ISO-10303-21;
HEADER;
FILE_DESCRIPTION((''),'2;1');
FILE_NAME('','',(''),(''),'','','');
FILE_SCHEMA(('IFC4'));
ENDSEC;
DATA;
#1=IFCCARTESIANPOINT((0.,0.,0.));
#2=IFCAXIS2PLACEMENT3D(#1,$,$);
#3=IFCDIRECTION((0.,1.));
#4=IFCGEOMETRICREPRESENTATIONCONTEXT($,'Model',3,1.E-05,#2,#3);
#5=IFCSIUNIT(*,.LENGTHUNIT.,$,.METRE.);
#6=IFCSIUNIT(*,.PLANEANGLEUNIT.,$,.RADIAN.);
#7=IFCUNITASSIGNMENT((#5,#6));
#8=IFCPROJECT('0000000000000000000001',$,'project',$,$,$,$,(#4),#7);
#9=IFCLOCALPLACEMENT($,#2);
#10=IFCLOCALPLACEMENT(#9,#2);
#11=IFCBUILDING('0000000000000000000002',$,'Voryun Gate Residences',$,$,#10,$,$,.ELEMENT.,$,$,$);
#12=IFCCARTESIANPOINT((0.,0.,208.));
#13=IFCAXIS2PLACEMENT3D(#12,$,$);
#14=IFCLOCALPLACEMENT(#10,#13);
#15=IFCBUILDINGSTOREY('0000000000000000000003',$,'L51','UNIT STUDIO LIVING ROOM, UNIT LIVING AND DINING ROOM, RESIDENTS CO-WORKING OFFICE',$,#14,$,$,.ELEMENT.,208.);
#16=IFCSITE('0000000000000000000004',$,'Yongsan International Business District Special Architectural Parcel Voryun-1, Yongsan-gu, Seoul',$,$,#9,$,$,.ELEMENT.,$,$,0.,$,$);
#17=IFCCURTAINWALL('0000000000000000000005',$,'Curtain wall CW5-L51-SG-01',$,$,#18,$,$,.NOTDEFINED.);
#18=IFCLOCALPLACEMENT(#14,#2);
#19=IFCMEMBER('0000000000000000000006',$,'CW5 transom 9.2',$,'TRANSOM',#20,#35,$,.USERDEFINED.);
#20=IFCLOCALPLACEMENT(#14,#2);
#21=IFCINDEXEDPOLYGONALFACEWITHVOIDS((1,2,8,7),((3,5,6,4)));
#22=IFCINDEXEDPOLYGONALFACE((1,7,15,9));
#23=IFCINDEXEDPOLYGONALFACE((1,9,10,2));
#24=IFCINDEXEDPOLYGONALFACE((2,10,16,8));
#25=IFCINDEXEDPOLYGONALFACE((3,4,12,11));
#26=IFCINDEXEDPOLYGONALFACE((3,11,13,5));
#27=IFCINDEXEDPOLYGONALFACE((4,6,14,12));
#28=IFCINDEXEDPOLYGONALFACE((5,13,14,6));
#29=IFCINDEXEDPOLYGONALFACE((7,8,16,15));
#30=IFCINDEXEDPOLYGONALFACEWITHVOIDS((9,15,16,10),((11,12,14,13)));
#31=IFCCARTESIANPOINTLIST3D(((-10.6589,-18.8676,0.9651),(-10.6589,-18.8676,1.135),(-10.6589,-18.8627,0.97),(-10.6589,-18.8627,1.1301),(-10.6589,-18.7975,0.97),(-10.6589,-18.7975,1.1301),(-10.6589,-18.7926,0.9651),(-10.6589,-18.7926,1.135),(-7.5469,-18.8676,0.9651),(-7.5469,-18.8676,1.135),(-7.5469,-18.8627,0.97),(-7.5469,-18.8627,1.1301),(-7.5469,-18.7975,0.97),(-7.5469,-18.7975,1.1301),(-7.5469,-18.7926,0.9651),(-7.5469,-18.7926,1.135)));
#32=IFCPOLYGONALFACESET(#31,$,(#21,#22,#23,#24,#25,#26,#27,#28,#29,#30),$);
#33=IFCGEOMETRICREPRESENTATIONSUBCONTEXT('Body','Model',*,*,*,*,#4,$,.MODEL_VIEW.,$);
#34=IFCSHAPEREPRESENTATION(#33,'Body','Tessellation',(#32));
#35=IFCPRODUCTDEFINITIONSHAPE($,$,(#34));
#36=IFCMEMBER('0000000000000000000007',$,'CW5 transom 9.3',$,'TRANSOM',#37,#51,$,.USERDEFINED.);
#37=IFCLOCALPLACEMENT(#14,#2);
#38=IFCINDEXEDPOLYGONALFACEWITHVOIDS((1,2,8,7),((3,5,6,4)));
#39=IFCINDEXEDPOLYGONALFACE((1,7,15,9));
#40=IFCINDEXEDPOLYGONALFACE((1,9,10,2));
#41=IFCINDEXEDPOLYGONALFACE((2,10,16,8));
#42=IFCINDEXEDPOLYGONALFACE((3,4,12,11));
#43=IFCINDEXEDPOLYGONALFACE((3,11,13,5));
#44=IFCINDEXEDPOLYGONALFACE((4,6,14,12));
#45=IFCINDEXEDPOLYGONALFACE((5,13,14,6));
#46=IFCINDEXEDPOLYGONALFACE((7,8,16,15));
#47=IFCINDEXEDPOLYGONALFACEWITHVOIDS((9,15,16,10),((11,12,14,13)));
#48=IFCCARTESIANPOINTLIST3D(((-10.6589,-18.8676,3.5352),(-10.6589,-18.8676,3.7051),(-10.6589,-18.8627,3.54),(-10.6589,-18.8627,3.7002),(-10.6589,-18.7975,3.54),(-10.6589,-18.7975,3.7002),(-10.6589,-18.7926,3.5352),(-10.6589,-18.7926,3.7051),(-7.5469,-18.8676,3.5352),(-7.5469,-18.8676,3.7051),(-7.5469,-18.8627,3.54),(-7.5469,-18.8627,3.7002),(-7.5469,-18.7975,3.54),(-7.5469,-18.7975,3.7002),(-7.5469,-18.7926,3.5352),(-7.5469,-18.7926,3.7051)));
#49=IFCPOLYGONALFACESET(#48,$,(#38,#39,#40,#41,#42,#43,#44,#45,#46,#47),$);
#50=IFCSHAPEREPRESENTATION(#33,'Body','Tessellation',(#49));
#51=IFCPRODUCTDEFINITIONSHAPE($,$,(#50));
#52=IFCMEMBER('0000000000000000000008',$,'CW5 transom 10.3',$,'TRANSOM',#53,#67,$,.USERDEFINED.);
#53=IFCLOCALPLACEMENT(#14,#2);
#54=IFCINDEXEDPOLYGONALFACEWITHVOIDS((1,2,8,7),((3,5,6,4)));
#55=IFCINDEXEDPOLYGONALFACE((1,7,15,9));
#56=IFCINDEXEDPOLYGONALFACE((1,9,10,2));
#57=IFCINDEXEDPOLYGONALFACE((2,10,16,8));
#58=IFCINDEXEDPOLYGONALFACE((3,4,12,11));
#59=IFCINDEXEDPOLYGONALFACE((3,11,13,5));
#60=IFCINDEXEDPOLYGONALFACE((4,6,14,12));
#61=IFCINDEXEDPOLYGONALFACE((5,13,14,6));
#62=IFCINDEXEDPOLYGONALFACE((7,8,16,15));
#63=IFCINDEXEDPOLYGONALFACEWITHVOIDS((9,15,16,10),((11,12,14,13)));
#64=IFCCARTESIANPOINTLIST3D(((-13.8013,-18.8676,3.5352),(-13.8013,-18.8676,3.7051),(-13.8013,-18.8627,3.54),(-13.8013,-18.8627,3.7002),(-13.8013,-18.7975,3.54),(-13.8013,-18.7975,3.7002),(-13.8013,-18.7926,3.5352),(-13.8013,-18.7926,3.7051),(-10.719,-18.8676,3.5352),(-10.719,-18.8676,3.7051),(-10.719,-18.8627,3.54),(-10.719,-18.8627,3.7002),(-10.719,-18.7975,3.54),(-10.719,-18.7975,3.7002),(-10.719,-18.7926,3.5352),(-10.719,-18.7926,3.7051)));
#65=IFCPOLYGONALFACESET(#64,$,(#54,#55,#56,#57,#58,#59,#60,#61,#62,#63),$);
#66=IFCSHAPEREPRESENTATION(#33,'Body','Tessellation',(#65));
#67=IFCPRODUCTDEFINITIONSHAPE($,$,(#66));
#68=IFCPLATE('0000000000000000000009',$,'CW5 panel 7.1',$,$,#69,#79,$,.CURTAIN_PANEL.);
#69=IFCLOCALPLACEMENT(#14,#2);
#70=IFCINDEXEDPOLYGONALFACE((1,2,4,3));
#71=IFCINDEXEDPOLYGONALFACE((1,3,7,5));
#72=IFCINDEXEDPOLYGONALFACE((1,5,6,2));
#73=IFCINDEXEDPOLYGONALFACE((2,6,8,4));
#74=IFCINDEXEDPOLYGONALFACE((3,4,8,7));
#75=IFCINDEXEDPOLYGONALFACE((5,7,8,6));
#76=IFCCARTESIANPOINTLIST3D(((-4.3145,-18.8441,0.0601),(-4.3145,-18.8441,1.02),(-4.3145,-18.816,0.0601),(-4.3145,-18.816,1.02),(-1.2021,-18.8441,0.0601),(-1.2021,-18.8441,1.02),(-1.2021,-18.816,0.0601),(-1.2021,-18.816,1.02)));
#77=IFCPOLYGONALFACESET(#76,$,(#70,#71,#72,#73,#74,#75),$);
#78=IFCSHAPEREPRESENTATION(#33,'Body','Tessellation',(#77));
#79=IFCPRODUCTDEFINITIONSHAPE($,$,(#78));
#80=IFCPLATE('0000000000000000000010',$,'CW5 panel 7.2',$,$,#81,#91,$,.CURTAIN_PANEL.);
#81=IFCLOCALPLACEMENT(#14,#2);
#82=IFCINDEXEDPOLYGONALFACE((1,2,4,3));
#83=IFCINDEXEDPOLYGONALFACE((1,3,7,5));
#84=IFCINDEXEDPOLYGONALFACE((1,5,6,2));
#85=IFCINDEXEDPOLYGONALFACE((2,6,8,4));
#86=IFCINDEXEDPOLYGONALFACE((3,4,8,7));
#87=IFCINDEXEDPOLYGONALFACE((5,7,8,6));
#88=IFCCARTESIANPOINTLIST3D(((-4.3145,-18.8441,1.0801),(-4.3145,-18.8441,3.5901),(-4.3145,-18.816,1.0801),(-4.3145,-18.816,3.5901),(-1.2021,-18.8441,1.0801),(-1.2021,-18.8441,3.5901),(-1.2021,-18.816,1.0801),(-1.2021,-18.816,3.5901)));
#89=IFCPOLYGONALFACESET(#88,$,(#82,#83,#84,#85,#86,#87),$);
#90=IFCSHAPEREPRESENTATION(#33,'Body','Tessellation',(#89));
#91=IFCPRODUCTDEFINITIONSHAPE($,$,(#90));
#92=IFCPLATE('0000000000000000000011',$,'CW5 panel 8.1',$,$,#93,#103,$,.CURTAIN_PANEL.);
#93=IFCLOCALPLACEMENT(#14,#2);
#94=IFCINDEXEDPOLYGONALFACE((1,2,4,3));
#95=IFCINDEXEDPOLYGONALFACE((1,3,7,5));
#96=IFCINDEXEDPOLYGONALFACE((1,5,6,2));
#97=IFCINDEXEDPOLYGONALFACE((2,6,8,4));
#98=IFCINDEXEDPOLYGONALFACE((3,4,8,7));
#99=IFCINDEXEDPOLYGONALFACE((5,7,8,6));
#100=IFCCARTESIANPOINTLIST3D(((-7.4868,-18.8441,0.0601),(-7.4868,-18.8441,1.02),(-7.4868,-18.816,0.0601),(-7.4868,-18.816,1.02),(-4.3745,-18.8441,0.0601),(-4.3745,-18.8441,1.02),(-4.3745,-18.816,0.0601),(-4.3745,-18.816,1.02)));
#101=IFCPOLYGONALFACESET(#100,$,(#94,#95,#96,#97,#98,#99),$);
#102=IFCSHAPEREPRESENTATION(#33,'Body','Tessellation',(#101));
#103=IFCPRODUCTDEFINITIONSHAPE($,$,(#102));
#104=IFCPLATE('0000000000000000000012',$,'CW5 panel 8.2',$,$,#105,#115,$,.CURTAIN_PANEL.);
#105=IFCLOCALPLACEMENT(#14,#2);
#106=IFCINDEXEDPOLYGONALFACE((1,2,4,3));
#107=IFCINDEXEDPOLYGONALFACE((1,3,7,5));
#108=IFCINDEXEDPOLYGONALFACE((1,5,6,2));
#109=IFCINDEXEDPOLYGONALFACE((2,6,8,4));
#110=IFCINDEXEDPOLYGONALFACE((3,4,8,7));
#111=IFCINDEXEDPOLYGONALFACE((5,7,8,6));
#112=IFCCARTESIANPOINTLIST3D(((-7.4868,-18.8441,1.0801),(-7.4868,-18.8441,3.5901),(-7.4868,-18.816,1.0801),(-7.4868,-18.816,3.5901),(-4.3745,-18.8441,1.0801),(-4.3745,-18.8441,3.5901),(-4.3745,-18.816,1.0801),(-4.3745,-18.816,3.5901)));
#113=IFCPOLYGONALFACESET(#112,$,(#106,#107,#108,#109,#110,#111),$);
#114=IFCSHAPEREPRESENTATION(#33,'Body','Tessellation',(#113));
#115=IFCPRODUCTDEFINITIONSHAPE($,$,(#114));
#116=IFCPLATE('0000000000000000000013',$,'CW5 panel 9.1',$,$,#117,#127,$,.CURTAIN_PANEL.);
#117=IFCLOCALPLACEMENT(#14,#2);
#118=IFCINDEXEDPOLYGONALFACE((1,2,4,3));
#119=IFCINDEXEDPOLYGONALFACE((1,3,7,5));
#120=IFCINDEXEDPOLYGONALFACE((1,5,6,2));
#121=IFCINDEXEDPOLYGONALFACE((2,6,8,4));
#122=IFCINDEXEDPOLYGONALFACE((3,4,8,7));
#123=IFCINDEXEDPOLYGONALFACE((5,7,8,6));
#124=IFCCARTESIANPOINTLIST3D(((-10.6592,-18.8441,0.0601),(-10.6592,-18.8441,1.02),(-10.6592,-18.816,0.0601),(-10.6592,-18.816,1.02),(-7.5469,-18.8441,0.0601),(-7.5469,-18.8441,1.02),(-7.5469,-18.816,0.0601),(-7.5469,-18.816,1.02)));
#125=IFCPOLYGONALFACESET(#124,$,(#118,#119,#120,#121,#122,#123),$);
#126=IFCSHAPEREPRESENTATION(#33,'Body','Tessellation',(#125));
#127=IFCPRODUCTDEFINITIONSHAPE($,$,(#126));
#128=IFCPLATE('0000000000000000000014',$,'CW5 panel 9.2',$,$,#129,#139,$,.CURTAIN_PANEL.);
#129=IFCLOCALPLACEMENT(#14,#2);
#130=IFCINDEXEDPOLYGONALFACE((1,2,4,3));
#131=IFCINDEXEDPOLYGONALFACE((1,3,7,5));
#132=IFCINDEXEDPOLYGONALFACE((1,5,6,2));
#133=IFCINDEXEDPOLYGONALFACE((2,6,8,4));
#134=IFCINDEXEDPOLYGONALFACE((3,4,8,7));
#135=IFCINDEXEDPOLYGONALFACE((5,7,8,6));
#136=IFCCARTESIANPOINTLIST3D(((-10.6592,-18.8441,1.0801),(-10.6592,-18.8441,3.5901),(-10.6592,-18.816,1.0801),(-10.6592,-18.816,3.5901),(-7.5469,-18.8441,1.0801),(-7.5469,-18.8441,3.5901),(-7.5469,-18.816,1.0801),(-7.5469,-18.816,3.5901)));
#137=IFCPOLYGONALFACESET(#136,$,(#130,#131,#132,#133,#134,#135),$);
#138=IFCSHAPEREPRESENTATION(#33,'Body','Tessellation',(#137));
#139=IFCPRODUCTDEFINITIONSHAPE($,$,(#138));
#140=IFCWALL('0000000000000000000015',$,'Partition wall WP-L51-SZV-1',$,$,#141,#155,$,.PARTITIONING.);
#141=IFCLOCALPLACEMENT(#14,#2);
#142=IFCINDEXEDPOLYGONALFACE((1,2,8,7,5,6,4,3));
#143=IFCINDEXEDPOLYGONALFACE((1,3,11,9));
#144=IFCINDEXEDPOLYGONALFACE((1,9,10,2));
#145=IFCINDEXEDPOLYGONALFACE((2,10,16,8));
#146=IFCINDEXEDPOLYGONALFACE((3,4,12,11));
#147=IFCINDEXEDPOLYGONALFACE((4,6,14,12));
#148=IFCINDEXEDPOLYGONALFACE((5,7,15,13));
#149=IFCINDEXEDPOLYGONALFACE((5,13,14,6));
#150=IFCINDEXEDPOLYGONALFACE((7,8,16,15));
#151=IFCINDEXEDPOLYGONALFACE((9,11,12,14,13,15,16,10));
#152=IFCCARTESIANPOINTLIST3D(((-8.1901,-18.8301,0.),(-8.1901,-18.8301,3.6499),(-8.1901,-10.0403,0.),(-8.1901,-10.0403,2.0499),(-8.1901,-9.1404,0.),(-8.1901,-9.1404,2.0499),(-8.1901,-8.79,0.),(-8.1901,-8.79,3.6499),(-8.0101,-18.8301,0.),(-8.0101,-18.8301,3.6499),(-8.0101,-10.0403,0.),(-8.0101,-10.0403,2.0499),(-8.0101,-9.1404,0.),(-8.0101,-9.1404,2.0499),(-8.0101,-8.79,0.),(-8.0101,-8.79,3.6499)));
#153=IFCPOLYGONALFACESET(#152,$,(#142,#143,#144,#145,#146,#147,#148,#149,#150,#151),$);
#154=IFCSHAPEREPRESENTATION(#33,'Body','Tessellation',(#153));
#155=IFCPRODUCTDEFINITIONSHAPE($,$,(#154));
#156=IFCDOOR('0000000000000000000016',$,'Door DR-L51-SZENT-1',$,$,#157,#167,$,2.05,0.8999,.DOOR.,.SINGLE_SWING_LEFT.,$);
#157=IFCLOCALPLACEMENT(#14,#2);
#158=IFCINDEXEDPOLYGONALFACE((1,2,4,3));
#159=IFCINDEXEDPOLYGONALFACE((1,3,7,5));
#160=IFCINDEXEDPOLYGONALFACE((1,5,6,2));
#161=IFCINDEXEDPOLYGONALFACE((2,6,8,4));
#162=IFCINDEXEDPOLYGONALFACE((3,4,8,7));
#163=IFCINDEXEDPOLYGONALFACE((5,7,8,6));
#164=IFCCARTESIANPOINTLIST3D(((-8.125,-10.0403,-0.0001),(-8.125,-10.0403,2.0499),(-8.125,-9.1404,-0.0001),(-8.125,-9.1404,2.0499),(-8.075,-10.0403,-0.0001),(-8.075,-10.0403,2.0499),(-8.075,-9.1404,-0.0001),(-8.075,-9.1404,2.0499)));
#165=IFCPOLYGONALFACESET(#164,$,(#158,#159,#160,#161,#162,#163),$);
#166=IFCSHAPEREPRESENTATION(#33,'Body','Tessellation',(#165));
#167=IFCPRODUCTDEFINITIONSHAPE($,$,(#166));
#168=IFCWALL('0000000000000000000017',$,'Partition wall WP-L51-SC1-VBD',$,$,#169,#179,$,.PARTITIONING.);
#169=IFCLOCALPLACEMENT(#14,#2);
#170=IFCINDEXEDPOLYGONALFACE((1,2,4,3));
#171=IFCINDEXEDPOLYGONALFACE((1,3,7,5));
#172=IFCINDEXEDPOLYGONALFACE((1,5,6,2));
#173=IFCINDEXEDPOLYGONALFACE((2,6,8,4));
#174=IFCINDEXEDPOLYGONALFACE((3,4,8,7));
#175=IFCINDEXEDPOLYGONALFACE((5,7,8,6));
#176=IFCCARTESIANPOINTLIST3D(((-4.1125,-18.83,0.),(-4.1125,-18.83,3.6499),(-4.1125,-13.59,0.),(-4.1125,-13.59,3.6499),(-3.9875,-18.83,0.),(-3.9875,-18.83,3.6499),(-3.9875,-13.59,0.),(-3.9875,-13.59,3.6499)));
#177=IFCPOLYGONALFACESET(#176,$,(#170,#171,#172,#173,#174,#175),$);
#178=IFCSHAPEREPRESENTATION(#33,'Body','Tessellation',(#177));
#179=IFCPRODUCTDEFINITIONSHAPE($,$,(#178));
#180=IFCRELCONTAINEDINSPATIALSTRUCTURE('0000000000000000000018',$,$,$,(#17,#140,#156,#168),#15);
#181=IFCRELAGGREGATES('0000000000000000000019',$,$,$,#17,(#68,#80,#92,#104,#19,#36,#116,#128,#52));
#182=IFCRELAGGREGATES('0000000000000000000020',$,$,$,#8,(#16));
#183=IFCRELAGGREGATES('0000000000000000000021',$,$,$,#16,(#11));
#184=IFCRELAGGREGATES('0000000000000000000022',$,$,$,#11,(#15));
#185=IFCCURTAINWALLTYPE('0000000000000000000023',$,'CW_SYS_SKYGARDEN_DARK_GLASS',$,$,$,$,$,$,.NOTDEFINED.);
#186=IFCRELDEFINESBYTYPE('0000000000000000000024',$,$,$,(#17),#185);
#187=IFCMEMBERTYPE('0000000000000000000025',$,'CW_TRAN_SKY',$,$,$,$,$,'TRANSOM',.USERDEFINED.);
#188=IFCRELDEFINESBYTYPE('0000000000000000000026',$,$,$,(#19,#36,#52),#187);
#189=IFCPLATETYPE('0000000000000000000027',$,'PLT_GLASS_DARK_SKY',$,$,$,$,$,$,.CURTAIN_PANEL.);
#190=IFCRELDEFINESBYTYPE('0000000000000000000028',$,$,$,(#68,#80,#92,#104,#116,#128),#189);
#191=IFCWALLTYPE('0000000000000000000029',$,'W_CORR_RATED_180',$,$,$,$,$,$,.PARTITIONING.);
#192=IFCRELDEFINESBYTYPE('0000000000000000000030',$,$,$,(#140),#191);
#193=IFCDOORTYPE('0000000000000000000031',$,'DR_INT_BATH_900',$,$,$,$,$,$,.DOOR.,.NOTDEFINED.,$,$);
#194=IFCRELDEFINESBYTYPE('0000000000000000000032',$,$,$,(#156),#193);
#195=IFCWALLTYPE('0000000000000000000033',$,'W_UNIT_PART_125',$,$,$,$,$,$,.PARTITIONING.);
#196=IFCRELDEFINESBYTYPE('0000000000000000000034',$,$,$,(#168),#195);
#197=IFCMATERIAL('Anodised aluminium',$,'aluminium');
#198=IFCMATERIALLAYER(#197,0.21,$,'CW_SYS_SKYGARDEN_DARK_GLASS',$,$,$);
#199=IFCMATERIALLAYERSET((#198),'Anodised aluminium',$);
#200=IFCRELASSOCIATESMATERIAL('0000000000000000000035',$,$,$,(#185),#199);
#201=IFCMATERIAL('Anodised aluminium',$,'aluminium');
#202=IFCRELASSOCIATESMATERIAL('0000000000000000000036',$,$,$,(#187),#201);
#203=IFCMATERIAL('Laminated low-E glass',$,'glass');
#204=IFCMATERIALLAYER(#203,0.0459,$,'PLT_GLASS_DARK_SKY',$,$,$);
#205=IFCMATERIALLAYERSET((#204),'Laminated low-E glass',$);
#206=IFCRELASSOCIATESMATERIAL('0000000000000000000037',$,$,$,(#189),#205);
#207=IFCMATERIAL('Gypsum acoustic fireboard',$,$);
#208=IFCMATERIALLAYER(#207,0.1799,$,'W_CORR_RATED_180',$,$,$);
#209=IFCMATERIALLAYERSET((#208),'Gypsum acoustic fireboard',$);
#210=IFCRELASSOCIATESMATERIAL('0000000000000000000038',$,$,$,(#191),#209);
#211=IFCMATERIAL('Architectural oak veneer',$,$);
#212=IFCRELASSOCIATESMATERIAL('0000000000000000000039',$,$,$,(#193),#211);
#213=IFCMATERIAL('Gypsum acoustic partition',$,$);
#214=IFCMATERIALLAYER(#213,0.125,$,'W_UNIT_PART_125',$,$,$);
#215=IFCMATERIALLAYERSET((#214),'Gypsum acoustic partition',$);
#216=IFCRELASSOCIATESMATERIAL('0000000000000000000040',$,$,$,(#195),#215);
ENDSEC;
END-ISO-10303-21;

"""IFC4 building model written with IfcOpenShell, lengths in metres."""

from ifc_helpers import new_model, si_unit, direction, frame, frame_2d, origin, origin_2d, place, context, subcontext, project, spatial, rectangle, hollow_rectangle, extrude, material, layer, layer_set, material_profile, profile_set, type_object, element, fill, aggregate, save


model = new_model("IFC4")

# Units and contexts
model_context = context("Model", 3, precision=1e-05, world=origin(), true_north=direction((0.0, 1.0)))
body_context = subcontext(model_context, "Body", "Model", "MODEL_VIEW")
ifc_project = project(units=[si_unit("LENGTHUNIT", "METRE"), si_unit("PLANEANGLEUNIT", "RADIAN")], contexts=[model_context])

# Site, building, storey
site_placement = place(None, origin())
site = spatial("IfcSite", under=ifc_project, at=site_placement, Name="Yongsan International Business District Special Architectural Parcel Voryun-1, Yongsan-gu, Seoul", CompositionType="ELEMENT", RefElevation=0.0)
building_placement = place(site_placement, origin())
building = spatial("IfcBuilding", under=site, at=building_placement, Name="Voryun Gate Residences", CompositionType="ELEMENT")
storey_placement = place(building_placement, frame((0.0, 0.0, 208.0)))
storey = spatial("IfcBuildingStorey", under=building, at=storey_placement, Name="L51", Description="UNIT STUDIO LIVING ROOM, UNIT LIVING AND DINING ROOM, RESIDENTS CO-WORKING OFFICE", CompositionType="ELEMENT", Elevation=208.0)

# Curtain wall, members, plates
ifc_material_1 = material(Name="Anodised aluminium", Category="aluminium")
ifc_layer_1 = layer(ifc_material_1, 0.21, Name="CW_SYS_SKYGARDEN_DARK_GLASS")
ifc_layer_set_1 = layer_set([ifc_layer_1], Name="Anodised aluminium")
curtain_wall_type = type_object("IfcCurtainWallType", Name="CW_SYS_SKYGARDEN_DARK_GLASS", PredefinedType="NOTDEFINED", material=ifc_layer_set_1)
curtain_wall_placement = place(storey_placement, origin())
curtain_wall = element("IfcCurtainWall", 1, at=curtain_wall_placement, inside=storey, type_object=curtain_wall_type, Name="Curtain wall CW5-L51-SG-01", PredefinedType="NOTDEFINED")
ifc_material_2 = material(Name="Anodised aluminium", Category="aluminium")
ifc_material_profile_1 = material_profile(ifc_material_2, hollow_rectangle(XDim=0.075, YDim=0.1699, WallThickness=0.0049, at=origin_2d()), Name="ALU-TRAN-170x75x5")
ifc_profile_set_1 = profile_set([ifc_material_profile_1], Name="Anodised aluminium")
member_type_1 = type_object("IfcMemberType", Name="CW_TRAN_SKY", ElementType="TRANSOM", PredefinedType="USERDEFINED", material=ifc_profile_set_1)
member_1_placement = place(storey_placement, frame((-7.5469, -18.8301, 1.05), z_axis=(-1.0, 0.0, 0.0), x_axis=(0.0, -1.0, 0.0)))
member_1 = element("IfcMember", 2, at=member_1_placement, type_object=member_type_1, Name="CW5 transom 9.2", ObjectType="TRANSOM", PredefinedType="USERDEFINED", context=body_context, shape_type="SweptSolid", body=[
    extrude(hollow_rectangle(XDim=0.075, YDim=0.1699, WallThickness=0.0049, at=origin_2d()), origin(), (0.0, 0.0, 1.0), 3.1121),
])
member_2_placement = place(storey_placement, frame((-7.5469, -18.8301, 3.6201), z_axis=(-1.0, 0.0, 0.0), x_axis=(0.0, -1.0, 0.0)))
member_2 = element("IfcMember", 3, at=member_2_placement, type_object=member_type_1, Name="CW5 transom 9.3", ObjectType="TRANSOM", PredefinedType="USERDEFINED", context=body_context, shape_type="SweptSolid", body=[
    extrude(hollow_rectangle(XDim=0.075, YDim=0.1699, WallThickness=0.0049, at=origin_2d()), origin(), (0.0, 0.0, 1.0), 3.1121),
])
member_3_placement = place(storey_placement, frame((-10.719, -18.8301, 3.6201), z_axis=(-1.0, 0.0, 0.0), x_axis=(0.0, -1.0, 0.0)))
member_3 = element("IfcMember", 4, at=member_3_placement, type_object=member_type_1, Name="CW5 transom 10.3", ObjectType="TRANSOM", PredefinedType="USERDEFINED", context=body_context, shape_type="SweptSolid", body=[
    extrude(hollow_rectangle(XDim=0.075, YDim=0.1699, WallThickness=0.0049, at=origin_2d()), origin(), (0.0, 0.0, 1.0), 3.0823),
])
ifc_material_3 = material(Name="Laminated low-E glass", Category="glass")
ifc_layer_2 = layer(ifc_material_3, 0.0459, Name="PLT_GLASS_DARK_SKY")
ifc_layer_set_2 = layer_set([ifc_layer_2], Name="Laminated low-E glass")
plate_type = type_object("IfcPlateType", Name="PLT_GLASS_DARK_SKY", PredefinedType="CURTAIN_PANEL", material=ifc_layer_set_2)
plate_1_placement = place(storey_placement, frame((-2.7583, -18.8301, 0.0601), z_axis=(0.0, 0.0, 1.0), x_axis=(-1.0, 0.0, 0.0)))
plate_1 = element("IfcPlate", 5, at=plate_1_placement, type_object=plate_type, Name="CW5 panel 7.1", PredefinedType="CURTAIN_PANEL", context=body_context, shape_type="SweptSolid", body=[
    extrude(rectangle(XDim=3.1123, YDim=0.0281, at=origin_2d()), origin(), (0.0, 0.0, 1.0), 0.96),
])
plate_2_placement = place(storey_placement, frame((-2.7583, -18.8301, 1.0801), z_axis=(0.0, 0.0, 1.0), x_axis=(-1.0, 0.0, 0.0)))
plate_2 = element("IfcPlate", 6, at=plate_2_placement, type_object=plate_type, Name="CW5 panel 7.2", PredefinedType="CURTAIN_PANEL", context=body_context, shape_type="SweptSolid", body=[
    extrude(rectangle(XDim=3.1123, YDim=0.0281, at=origin_2d()), origin(), (0.0, 0.0, 1.0), 2.51),
])
plate_3_placement = place(storey_placement, frame((-5.9307, -18.8301, 0.0601), z_axis=(0.0, 0.0, 1.0), x_axis=(-1.0, 0.0, 0.0)))
plate_3 = element("IfcPlate", 7, at=plate_3_placement, type_object=plate_type, Name="CW5 panel 8.1", PredefinedType="CURTAIN_PANEL", context=body_context, shape_type="SweptSolid", body=[
    extrude(rectangle(XDim=3.1123, YDim=0.0281, at=origin_2d()), origin(), (0.0, 0.0, 1.0), 0.96),
])
plate_4_placement = place(storey_placement, frame((-5.9307, -18.8301, 1.0801), z_axis=(0.0, 0.0, 1.0), x_axis=(-1.0, 0.0, 0.0)))
plate_4 = element("IfcPlate", 8, at=plate_4_placement, type_object=plate_type, Name="CW5 panel 8.2", PredefinedType="CURTAIN_PANEL", context=body_context, shape_type="SweptSolid", body=[
    extrude(rectangle(XDim=3.1123, YDim=0.0281, at=origin_2d()), origin(), (0.0, 0.0, 1.0), 2.51),
])
plate_5_placement = place(storey_placement, frame((-9.103, -18.8301, 0.0601), z_axis=(0.0, 0.0, 1.0), x_axis=(-1.0, 0.0, 0.0)))
plate_5 = element("IfcPlate", 9, at=plate_5_placement, type_object=plate_type, Name="CW5 panel 9.1", PredefinedType="CURTAIN_PANEL", context=body_context, shape_type="SweptSolid", body=[
    extrude(rectangle(XDim=3.1123, YDim=0.0281, at=origin_2d()), origin(), (0.0, 0.0, 1.0), 0.96),
])
plate_6_placement = place(storey_placement, frame((-9.103, -18.8301, 1.0801), z_axis=(0.0, 0.0, 1.0), x_axis=(-1.0, 0.0, 0.0)))
plate_6 = element("IfcPlate", 10, at=plate_6_placement, type_object=plate_type, Name="CW5 panel 9.2", PredefinedType="CURTAIN_PANEL", context=body_context, shape_type="SweptSolid", body=[
    extrude(rectangle(XDim=3.1123, YDim=0.0281, at=origin_2d()), origin(), (0.0, 0.0, 1.0), 2.51),
])
aggregate(curtain_wall, [plate_1, plate_2, plate_3, plate_4, member_1, member_2, plate_5, plate_6, member_3])

# Wall, opening, door
ifc_material_4 = material(Name="Gypsum acoustic fireboard")
ifc_layer_3 = layer(ifc_material_4, 0.1799, Name="W_CORR_RATED_180")
ifc_layer_set_3 = layer_set([ifc_layer_3], Name="Gypsum acoustic fireboard")
wall_type_1 = type_object("IfcWallType", Name="W_CORR_RATED_180", PredefinedType="PARTITIONING", material=ifc_layer_set_3)
wall_1_placement = place(storey_placement, frame((-8.1001, -18.8301, 0.0), z_axis=(0.0, 0.0, 1.0), x_axis=(0.0, 1.0, 0.0)))
wall_1 = element("IfcWall", 11, at=wall_1_placement, inside=storey, type_object=wall_type_1, Name="Partition wall WP-L51-SZV-1", PredefinedType="PARTITIONING", context=body_context, shape_type="SweptSolid", body=[
    extrude(rectangle(XDim=10.04, YDim=0.1799, at=frame_2d((5.02, 0.0))), origin(), (0.0, 0.0, 1.0), 3.6499),
])
opening_placement = place(wall_1_placement, frame((8.7898, 0.0, 0.0)))
opening = element("IfcOpeningElement", 12, at=opening_placement, cuts=wall_1, PredefinedType="OPENING", context=body_context, shape_type="SweptSolid", body=[
    extrude(rectangle(XDim=0.8999, YDim=2.05, at=frame_2d((0.45, 1.0249))), frame((0.0, 0.0999, 0.0), z_axis=(0.0, -1.0, 0.0), x_axis=(1.0, 0.0, 0.0)), (0.0, 0.0, 1.0), 0.2),
])
ifc_material_5 = material(Name="Architectural oak veneer")
door_type = type_object("IfcDoorType", Name="DR_INT_BATH_900", OperationType="NOTDEFINED", PredefinedType="DOOR", material=ifc_material_5)
door_placement = place(opening_placement, origin())
door = element("IfcDoor", 13, at=door_placement, inside=storey, type_object=door_type, Name="Door DR-L51-SZENT-1", OperationType="SINGLE_SWING_LEFT", OverallHeight=2.05, OverallWidth=0.8999, PredefinedType="DOOR", context=body_context, shape_type="SweptSolid", body=[
    extrude(rectangle(XDim=0.8999, YDim=2.05, at=frame_2d((0.45, 1.0249))), frame((0.0, 0.0249, 0.0), z_axis=(0.0, -1.0, 0.0), x_axis=(1.0, 0.0, 0.0)), (0.0, 0.0, 1.0), 0.05),
])
fill(opening, door)

# Wall
ifc_material_6 = material(Name="Gypsum acoustic partition")
ifc_layer_4 = layer(ifc_material_6, 0.125, Name="W_UNIT_PART_125")
ifc_layer_set_4 = layer_set([ifc_layer_4], Name="Gypsum acoustic partition")
wall_type_2 = type_object("IfcWallType", Name="W_UNIT_PART_125", PredefinedType="PARTITIONING", material=ifc_layer_set_4)
wall_2_placement = place(storey_placement, frame((-4.05, -18.8301, 0.0), z_axis=(0.0, 0.0, 1.0), x_axis=(0.0, 1.0, 0.0)))
element("IfcWall", 14, at=wall_2_placement, inside=storey, type_object=wall_type_2, Name="Partition wall WP-L51-SC1-VBD", PredefinedType="PARTITIONING", context=body_context, shape_type="SweptSolid", body=[
    extrude(rectangle(XDim=5.24, YDim=0.125, at=frame_2d((2.6201, 0.0))), origin(), (0.0, 0.0, 1.0), 3.6499),
])

save(model, "model.ifc")
